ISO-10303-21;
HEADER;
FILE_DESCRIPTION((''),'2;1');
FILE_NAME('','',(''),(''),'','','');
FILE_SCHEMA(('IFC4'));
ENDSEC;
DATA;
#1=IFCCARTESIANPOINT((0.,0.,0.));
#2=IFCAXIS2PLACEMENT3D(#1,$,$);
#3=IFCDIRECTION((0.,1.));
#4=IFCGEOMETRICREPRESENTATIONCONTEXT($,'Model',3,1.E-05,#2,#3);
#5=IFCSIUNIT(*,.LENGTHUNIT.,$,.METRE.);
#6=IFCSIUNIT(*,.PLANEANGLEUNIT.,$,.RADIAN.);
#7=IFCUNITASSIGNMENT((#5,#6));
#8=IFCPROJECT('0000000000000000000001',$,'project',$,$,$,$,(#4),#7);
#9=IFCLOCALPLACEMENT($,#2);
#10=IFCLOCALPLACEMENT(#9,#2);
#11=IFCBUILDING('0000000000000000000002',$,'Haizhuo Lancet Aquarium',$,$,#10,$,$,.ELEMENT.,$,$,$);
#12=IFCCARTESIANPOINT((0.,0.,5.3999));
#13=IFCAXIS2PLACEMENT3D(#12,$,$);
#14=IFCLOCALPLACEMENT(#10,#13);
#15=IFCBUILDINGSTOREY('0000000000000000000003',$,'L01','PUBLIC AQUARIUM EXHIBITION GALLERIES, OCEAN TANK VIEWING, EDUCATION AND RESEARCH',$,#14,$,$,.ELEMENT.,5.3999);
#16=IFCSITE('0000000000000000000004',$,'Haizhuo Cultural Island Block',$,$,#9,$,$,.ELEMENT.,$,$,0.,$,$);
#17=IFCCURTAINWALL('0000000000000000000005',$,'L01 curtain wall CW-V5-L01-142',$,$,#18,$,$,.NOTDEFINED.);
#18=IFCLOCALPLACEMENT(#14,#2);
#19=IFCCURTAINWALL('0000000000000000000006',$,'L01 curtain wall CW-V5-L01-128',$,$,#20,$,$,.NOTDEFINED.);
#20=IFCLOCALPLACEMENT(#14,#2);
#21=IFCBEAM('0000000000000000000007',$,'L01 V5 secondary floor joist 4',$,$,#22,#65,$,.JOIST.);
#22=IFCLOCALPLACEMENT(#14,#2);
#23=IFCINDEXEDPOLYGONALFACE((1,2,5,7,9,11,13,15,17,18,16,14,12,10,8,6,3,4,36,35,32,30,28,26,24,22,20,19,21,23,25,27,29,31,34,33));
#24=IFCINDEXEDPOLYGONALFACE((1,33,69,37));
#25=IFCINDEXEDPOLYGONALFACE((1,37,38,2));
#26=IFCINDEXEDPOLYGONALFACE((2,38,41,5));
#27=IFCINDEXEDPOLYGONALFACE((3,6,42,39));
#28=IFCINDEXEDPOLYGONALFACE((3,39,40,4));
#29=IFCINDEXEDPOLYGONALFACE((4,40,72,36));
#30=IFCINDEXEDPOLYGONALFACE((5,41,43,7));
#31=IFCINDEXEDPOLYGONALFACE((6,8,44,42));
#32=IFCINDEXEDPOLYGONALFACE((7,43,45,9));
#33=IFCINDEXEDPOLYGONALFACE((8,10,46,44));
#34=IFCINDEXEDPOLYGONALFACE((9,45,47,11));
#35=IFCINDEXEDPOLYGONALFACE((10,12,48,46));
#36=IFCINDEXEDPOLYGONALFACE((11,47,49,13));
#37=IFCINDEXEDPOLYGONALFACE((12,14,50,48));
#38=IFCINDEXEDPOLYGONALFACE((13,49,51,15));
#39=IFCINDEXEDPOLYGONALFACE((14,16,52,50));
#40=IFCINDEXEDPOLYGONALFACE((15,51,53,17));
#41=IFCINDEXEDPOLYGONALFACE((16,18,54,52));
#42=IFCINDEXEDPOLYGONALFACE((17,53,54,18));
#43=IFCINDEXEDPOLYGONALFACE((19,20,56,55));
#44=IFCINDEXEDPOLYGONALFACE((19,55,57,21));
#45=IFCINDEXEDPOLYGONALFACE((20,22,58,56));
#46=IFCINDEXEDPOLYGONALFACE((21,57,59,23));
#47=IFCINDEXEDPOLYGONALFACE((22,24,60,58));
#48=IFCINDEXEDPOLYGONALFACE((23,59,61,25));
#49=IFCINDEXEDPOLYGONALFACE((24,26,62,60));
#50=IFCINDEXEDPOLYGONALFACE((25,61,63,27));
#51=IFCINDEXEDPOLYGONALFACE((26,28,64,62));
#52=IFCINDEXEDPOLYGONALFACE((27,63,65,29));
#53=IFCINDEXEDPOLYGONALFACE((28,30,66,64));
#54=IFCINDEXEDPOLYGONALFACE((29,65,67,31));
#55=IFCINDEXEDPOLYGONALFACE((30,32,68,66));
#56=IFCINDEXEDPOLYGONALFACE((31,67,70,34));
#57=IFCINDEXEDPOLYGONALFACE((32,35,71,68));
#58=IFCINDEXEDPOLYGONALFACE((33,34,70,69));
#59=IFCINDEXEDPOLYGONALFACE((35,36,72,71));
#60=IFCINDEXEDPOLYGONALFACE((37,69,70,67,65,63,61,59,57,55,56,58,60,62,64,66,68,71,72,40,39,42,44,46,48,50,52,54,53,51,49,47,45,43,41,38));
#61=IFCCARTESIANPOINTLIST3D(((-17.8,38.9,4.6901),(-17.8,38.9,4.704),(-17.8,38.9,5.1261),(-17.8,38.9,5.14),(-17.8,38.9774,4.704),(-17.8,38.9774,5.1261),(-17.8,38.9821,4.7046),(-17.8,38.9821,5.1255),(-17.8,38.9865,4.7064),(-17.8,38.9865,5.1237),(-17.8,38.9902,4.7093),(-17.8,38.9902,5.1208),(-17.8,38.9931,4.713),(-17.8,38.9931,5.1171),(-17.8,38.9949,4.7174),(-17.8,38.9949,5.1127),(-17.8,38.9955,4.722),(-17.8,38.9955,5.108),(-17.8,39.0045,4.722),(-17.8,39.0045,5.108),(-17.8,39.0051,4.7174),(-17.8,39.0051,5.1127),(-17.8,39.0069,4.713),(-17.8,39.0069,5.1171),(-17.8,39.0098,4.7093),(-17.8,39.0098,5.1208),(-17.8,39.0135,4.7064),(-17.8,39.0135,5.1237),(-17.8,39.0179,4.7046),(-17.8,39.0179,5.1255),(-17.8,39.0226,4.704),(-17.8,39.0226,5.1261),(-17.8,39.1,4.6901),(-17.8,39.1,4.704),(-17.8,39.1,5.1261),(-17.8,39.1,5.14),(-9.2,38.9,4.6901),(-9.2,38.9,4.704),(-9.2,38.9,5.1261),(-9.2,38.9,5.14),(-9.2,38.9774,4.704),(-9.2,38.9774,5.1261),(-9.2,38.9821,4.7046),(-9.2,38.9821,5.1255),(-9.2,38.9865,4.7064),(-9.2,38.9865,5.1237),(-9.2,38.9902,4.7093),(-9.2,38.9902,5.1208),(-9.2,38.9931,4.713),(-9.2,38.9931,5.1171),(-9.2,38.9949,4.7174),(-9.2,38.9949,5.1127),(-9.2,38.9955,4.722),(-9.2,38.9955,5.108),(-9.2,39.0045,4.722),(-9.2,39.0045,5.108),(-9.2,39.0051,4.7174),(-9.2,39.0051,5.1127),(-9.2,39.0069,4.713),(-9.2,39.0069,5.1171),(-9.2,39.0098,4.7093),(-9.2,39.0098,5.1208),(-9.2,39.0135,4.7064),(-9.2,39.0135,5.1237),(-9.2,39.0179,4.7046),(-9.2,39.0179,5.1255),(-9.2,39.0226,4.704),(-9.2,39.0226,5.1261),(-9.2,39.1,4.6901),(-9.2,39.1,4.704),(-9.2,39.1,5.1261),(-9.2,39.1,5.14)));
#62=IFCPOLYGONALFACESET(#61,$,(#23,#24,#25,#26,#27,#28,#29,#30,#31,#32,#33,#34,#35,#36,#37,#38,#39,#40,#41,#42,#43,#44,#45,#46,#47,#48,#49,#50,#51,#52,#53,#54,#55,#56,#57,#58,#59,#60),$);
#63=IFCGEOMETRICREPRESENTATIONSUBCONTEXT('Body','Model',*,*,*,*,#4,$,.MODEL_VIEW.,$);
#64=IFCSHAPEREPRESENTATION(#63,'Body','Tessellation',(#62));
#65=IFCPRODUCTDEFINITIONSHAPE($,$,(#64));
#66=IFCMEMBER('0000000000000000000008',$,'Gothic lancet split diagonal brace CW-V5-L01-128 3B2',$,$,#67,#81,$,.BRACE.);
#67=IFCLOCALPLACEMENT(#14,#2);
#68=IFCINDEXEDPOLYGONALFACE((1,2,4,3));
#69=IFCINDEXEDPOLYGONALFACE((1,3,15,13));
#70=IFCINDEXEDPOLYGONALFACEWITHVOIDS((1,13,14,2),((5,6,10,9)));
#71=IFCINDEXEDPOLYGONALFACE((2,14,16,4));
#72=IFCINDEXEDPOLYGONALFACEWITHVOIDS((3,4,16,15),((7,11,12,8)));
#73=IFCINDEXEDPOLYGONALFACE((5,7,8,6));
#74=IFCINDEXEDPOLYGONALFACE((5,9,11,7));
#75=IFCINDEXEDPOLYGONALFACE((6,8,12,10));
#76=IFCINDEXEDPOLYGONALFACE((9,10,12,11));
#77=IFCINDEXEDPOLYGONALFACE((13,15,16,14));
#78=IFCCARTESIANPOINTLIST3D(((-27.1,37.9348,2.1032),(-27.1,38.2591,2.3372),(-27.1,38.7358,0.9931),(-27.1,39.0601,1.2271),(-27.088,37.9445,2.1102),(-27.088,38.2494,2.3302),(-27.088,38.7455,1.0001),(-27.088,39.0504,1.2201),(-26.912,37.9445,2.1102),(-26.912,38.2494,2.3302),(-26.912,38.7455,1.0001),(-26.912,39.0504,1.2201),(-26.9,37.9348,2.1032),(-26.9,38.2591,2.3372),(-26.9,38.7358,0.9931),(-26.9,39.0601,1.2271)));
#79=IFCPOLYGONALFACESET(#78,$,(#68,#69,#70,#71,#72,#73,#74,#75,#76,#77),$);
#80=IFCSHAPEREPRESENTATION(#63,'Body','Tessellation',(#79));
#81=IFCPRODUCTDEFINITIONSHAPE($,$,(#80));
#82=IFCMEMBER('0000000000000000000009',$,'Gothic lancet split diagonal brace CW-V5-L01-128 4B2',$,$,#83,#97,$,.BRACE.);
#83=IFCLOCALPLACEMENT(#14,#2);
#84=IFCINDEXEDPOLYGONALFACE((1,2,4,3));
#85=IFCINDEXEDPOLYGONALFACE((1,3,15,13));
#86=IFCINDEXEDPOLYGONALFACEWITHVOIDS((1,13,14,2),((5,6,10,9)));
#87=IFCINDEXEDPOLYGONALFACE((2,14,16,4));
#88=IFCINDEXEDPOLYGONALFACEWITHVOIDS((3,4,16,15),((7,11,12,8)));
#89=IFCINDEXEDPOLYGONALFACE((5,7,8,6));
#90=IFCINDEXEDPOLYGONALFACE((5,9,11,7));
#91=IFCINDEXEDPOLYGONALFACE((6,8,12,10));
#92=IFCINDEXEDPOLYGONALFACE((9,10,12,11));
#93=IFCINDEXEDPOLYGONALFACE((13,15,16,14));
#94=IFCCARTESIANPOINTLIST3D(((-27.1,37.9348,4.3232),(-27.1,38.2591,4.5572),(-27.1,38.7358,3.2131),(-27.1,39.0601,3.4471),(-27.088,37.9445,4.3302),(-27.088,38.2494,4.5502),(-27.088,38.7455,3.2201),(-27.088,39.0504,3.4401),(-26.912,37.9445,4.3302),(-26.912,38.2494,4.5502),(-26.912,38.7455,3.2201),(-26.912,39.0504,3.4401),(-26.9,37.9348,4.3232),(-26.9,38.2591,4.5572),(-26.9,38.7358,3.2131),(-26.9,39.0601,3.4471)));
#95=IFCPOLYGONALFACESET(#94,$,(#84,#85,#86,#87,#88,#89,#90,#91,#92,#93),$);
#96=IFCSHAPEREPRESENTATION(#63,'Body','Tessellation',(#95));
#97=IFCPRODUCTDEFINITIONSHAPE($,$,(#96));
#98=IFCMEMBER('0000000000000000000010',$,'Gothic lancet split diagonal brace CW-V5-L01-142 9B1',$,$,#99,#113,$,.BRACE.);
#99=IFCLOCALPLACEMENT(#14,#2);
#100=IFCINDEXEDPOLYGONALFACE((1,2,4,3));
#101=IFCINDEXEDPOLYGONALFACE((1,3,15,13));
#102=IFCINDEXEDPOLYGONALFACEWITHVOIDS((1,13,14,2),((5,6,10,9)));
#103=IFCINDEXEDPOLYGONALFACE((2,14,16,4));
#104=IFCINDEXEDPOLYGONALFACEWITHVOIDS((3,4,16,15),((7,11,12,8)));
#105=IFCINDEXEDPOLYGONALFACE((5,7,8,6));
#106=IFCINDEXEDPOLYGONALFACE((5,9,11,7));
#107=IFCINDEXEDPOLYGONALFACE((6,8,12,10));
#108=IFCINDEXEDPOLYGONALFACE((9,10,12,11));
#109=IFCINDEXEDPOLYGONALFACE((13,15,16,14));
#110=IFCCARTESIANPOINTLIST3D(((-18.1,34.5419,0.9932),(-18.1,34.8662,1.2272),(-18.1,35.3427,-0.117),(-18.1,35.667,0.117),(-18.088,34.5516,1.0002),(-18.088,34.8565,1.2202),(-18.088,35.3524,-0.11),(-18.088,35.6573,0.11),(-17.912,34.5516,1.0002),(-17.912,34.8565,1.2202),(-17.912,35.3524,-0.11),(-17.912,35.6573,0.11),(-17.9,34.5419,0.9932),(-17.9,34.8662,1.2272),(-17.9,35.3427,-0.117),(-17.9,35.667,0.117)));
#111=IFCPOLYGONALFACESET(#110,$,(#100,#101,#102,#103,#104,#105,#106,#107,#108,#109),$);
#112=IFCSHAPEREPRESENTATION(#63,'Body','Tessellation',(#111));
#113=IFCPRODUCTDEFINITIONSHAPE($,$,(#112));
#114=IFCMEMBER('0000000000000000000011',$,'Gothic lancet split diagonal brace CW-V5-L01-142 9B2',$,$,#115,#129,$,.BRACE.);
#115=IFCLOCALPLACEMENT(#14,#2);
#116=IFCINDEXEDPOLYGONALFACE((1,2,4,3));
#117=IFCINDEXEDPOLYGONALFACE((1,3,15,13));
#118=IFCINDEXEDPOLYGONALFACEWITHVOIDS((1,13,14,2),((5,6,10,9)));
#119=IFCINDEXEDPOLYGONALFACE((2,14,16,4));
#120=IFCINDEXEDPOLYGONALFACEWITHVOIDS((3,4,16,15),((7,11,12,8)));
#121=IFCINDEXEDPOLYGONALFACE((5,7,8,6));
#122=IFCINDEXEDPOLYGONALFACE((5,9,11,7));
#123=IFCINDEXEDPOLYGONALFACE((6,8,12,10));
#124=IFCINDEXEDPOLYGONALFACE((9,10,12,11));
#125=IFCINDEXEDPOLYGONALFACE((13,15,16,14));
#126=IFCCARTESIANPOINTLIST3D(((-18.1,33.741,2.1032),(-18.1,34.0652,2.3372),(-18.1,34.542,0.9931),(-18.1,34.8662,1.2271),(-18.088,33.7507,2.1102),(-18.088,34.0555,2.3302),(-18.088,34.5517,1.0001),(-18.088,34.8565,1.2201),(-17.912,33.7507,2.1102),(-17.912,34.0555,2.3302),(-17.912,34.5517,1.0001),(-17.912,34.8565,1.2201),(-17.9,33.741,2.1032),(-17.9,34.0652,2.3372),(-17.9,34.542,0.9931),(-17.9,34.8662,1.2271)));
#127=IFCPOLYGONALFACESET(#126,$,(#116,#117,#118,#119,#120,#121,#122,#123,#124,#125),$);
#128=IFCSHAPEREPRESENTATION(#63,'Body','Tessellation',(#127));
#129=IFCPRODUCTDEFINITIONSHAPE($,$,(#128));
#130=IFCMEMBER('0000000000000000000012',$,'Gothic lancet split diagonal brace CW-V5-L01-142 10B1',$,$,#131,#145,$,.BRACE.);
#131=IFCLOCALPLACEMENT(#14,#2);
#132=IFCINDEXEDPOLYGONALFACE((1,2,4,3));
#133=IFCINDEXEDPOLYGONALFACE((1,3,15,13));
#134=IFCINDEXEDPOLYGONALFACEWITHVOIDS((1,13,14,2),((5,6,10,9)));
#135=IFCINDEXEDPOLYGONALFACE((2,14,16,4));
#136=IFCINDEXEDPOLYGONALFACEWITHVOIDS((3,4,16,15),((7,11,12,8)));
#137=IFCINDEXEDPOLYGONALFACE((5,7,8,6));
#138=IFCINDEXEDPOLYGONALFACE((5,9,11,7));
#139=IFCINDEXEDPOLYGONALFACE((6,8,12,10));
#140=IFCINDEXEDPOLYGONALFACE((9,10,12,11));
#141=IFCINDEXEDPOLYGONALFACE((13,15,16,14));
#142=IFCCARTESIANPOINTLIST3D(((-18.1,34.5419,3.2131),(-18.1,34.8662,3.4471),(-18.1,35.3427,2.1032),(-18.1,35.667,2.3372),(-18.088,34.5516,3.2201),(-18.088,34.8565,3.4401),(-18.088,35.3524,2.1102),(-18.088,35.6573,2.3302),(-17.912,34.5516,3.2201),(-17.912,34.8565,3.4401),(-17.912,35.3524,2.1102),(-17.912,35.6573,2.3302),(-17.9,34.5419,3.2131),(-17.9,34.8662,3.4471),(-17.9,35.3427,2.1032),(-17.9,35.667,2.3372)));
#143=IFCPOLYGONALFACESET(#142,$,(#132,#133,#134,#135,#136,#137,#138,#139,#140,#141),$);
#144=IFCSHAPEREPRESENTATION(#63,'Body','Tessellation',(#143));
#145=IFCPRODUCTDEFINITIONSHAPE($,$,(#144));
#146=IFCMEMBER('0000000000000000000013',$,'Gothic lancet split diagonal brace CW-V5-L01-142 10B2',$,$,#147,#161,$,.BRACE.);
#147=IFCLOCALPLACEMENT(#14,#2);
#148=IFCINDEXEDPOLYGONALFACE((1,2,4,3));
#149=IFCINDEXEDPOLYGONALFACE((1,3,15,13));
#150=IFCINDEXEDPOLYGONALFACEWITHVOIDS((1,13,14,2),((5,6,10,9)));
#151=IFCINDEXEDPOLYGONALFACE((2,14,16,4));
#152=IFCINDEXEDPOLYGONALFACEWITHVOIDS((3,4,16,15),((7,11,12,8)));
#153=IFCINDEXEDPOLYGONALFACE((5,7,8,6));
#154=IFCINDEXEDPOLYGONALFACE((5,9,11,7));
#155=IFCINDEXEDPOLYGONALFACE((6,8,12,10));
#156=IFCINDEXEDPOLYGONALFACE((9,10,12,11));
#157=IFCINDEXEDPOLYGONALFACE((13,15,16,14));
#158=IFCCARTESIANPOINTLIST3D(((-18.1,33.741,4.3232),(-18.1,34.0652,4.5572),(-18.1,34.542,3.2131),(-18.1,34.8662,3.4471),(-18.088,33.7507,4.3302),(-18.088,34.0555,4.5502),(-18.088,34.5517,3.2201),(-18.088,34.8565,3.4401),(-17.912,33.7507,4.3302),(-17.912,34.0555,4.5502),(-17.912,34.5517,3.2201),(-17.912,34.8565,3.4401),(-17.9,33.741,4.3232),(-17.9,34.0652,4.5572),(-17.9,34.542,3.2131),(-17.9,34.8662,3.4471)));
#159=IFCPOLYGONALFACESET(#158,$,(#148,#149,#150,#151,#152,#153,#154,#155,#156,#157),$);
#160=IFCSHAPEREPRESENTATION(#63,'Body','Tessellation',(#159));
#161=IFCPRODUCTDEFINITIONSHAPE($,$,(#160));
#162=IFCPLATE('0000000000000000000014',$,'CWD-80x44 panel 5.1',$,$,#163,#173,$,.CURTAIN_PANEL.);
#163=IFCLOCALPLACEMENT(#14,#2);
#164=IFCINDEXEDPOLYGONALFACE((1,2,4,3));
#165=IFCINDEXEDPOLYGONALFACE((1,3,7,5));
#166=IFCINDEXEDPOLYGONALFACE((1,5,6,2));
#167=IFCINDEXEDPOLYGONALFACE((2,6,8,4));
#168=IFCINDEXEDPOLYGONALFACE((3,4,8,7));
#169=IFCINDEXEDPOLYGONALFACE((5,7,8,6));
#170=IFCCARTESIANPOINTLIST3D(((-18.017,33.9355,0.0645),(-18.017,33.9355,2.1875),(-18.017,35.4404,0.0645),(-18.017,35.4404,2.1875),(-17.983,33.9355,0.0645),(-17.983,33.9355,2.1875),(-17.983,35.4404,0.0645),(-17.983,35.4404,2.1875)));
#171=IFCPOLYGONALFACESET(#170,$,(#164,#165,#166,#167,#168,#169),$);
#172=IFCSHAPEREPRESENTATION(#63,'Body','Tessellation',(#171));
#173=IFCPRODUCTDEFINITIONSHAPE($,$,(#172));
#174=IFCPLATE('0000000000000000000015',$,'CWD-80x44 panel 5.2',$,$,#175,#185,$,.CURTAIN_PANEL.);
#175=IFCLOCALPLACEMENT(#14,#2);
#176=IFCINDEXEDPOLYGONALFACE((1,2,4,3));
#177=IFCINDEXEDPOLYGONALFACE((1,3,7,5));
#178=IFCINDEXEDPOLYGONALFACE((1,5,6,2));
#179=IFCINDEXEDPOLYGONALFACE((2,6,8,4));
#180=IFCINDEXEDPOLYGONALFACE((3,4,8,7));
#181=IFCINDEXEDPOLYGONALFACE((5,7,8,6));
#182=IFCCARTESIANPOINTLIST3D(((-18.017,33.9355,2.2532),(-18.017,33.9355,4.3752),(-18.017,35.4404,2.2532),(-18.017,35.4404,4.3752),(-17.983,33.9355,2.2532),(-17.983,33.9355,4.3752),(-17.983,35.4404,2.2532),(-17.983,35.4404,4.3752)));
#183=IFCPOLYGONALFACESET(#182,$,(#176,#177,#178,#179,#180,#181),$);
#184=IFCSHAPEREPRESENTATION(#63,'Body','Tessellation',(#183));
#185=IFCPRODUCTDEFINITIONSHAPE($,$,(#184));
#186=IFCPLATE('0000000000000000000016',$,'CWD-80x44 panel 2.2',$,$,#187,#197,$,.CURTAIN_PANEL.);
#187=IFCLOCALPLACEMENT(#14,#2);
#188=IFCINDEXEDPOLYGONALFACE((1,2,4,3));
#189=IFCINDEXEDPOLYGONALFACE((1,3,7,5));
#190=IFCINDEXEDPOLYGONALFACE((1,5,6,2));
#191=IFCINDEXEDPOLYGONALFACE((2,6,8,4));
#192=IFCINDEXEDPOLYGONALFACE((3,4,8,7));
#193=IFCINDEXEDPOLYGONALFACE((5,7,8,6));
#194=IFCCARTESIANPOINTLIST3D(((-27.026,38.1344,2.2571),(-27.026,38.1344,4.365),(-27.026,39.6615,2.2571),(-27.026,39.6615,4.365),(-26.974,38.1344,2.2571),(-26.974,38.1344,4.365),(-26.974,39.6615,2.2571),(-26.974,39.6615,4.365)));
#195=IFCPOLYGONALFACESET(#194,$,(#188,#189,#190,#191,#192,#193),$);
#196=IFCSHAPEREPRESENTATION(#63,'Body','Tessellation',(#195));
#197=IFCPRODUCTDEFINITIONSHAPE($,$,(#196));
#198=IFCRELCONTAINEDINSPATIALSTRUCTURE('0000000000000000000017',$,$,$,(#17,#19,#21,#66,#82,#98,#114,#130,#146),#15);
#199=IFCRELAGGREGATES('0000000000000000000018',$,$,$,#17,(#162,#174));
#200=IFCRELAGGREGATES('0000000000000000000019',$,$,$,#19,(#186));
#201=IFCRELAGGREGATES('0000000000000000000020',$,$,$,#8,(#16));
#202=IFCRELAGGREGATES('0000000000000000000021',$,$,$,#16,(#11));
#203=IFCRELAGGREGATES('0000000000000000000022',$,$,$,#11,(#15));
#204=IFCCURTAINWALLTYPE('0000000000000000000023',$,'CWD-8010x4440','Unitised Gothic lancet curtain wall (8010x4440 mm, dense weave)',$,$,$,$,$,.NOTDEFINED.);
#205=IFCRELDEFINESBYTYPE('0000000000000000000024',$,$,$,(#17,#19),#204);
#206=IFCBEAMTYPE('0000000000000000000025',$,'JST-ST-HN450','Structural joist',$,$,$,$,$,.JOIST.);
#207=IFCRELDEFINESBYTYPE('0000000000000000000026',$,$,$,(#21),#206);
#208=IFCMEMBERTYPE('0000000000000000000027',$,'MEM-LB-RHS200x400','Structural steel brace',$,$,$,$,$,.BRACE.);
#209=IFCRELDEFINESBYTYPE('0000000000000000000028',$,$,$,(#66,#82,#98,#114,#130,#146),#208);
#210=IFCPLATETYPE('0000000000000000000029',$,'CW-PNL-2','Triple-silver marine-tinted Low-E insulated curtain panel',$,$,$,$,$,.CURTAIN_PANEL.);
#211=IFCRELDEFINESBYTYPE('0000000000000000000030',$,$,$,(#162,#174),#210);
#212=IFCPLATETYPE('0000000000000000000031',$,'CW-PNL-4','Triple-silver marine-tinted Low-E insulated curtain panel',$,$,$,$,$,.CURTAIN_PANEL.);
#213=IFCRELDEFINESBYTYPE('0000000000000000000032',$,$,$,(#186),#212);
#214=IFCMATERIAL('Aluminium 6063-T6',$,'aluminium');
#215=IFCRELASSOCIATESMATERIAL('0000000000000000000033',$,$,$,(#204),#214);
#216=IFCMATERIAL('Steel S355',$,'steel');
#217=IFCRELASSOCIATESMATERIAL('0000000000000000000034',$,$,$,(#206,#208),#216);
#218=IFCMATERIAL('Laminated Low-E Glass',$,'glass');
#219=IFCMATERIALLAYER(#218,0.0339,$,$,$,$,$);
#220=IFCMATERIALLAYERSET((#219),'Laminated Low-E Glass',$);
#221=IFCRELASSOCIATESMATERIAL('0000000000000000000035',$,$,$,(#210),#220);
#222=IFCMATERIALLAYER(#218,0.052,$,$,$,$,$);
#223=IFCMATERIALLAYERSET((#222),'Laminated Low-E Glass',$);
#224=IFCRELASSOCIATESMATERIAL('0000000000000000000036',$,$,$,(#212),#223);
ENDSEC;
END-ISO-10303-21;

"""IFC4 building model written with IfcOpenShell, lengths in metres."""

from ifc_helpers import new_model, si_unit, direction, frame, origin, origin_2d, place, context, subcontext, project, spatial, rectangle, hollow_rectangle, i_section, extrude, material, layer, layer_set, material_profile, profile_set, type_object, element, aggregate, save


model = new_model("IFC4")

# Units and contexts
model_context = context("Model", 3, precision=1e-05, world=origin(), true_north=direction((0.0, 1.0)))
body_context = subcontext(model_context, "Body", "Model", "MODEL_VIEW")
ifc_project = project(units=[si_unit("LENGTHUNIT", "METRE"), si_unit("PLANEANGLEUNIT", "RADIAN")], contexts=[model_context])

# Site, building, storey
site_placement = place(None, origin())
site = spatial("IfcSite", under=ifc_project, at=site_placement, Name="Haizhuo Cultural Island Block", CompositionType="ELEMENT", RefElevation=0.0)
building_placement = place(site_placement, origin())
building = spatial("IfcBuilding", under=site, at=building_placement, Name="Haizhuo Lancet Aquarium", CompositionType="ELEMENT")
storey_placement = place(building_placement, frame((0.0, 0.0, 5.3999)))
storey = spatial("IfcBuildingStorey", under=building, at=storey_placement, Name="L01", Description="PUBLIC AQUARIUM EXHIBITION GALLERIES, OCEAN TANK VIEWING, EDUCATION AND RESEARCH", CompositionType="ELEMENT", Elevation=5.3999)

# Curtain walls
ifc_material_1 = material(Name="Aluminium 6063-T6", Category="aluminium")
curtain_wall_type = type_object("IfcCurtainWallType", Name="CWD-8010x4440", Description="Unitised Gothic lancet curtain wall (8010x4440 mm, dense weave)", PredefinedType="NOTDEFINED", material=ifc_material_1)
curtain_wall_1_placement = place(storey_placement, origin())
curtain_wall_1 = element("IfcCurtainWall", 1, at=curtain_wall_1_placement, inside=storey, type_object=curtain_wall_type, Name="L01 curtain wall CW-V5-L01-142", PredefinedType="NOTDEFINED")
curtain_wall_2_placement = place(storey_placement, origin())
curtain_wall_2 = element("IfcCurtainWall", 2, at=curtain_wall_2_placement, inside=storey, type_object=curtain_wall_type, Name="L01 curtain wall CW-V5-L01-128", PredefinedType="NOTDEFINED")

# Beam
ifc_material_2 = material(Name="Steel S355", Category="steel")
ifc_material_profile_1 = material_profile(ifc_material_2, i_section(OverallWidth=0.2, OverallDepth=0.45, WebThickness=0.009, FlangeThickness=0.0139, FilletRadius=0.0181, at=origin_2d()), Name="HN 450x200x9x14")
ifc_profile_set_1 = profile_set([ifc_material_profile_1], Name="Steel S355")
beam_type_1 = type_object("IfcBeamType", Name="JST-ST-HN450", Description="Structural joist", PredefinedType="JOIST", material=ifc_profile_set_1)
beam_1_placement = place(storey_placement, frame((-17.8, 39.0, 4.915), z_axis=(1.0, 0.0, 0.0), x_axis=(0.0, 1.0, 0.0)))
element("IfcBeam", 3, at=beam_1_placement, inside=storey, type_object=beam_type_1, Name="L01 V5 secondary floor joist 4", PredefinedType="JOIST", context=body_context, shape_type="SweptSolid", body=[
    extrude(i_section(OverallWidth=0.2, OverallDepth=0.45, WebThickness=0.009, FlangeThickness=0.0139, FilletRadius=0.0181, at=origin_2d()), origin(), (0.0, 0.0, 1.0), 8.6001),
])

# Members
ifc_material_profile_2 = material_profile(ifc_material_2, hollow_rectangle(XDim=0.2, YDim=0.3999, WallThickness=0.012, at=origin_2d()), Name="RHS 200x400x12")
ifc_profile_set_2 = profile_set([ifc_material_profile_2], Name="Steel S355")
member_type_1 = type_object("IfcMemberType", Name="MEM-LB-RHS200x400", Description="Structural steel brace", PredefinedType="BRACE", material=ifc_profile_set_2)
for number, where, z_axis, x_axis, name in (
    (4, (-27.0, 38.8979, 1.1101), (0.0, -0.585145, 0.810928), (1.0, 0.0, 0.0), "Gothic lancet split diagonal brace CW-V5-L01-128 3B2"),
    (5, (-27.0, 38.8979, 3.3301), (0.0, -0.585145, 0.810928), (1.0, 0.0, 0.0), "Gothic lancet split diagonal brace CW-V5-L01-128 4B2"),
    (6, (-18.0, 35.5049, 0.0), (0.0, -0.585028, 0.811013), (1.0, 0.0, 0.0), "Gothic lancet split diagonal brace CW-V5-L01-142 9B1"),
    (7, (-18.0, 34.7041, 1.1101), (0.0, -0.585145, 0.810928), (1.0, 0.0, 0.0), "Gothic lancet split diagonal brace CW-V5-L01-142 9B2"),
):
    element("IfcMember", number, at=place(storey_placement, frame(where, z_axis=z_axis, x_axis=x_axis)), inside=storey, type_object=member_type_1, Name=name, PredefinedType="BRACE", context=body_context, shape_type="SweptSolid", body=[
        extrude(hollow_rectangle(XDim=0.2, YDim=0.3999, WallThickness=0.012, at=origin_2d()), origin(), (0.0, 0.0, 1.0), 1.3689),
    ])
member_1_placement = place(storey_placement, frame((-18.0, 35.5049, 2.2202), z_axis=(0.0, -0.585113, 0.810952), x_axis=(1.0, 0.0, 0.0)))
element("IfcMember", 8, at=member_1_placement, inside=storey, type_object=member_type_1, Name="Gothic lancet split diagonal brace CW-V5-L01-142 10B1", PredefinedType="BRACE", context=body_context, shape_type="SweptSolid", body=[
    extrude(hollow_rectangle(XDim=0.2, YDim=0.3999, WallThickness=0.012, at=origin_2d()), origin(), (0.0, 0.0, 1.0), 1.3687),
])
member_2_placement = place(storey_placement, frame((-18.0, 34.7041, 3.3301), z_axis=(0.0, -0.585145, 0.810928), x_axis=(1.0, 0.0, 0.0)))
element("IfcMember", 9, at=member_2_placement, inside=storey, type_object=member_type_1, Name="Gothic lancet split diagonal brace CW-V5-L01-142 10B2", PredefinedType="BRACE", context=body_context, shape_type="SweptSolid", body=[
    extrude(hollow_rectangle(XDim=0.2, YDim=0.3999, WallThickness=0.012, at=origin_2d()), origin(), (0.0, 0.0, 1.0), 1.3689),
])

# Plates
ifc_material_3 = material(Name="Laminated Low-E Glass", Category="glass")
ifc_layer_1 = layer(ifc_material_3, 0.0339)
ifc_layer_set_1 = layer_set([ifc_layer_1], Name="Laminated Low-E Glass")
plate_type_1 = type_object("IfcPlateType", Name="CW-PNL-2", Description="Triple-silver marine-tinted Low-E insulated curtain panel", PredefinedType="CURTAIN_PANEL", material=ifc_layer_set_1)
plate_1_placement = place(storey_placement, frame((-18.0, 34.688, 0.0645), z_axis=(0.0, 0.0, 1.0), x_axis=(0.0, 1.0, 0.0)))
plate_1 = element("IfcPlate", 10, at=plate_1_placement, type_object=plate_type_1, Name="CWD-80x44 panel 5.1", PredefinedType="CURTAIN_PANEL", context=body_context, shape_type="SweptSolid", body=[
    extrude(rectangle(XDim=1.5049, YDim=0.0339, at=origin_2d()), origin(), (0.0, 0.0, 1.0), 2.123),
])
plate_2_placement = place(storey_placement, frame((-18.0, 34.688, 2.2532), z_axis=(0.0, 0.0, 1.0), x_axis=(0.0, 1.0, 0.0)))
plate_2 = element("IfcPlate", 11, at=plate_2_placement, type_object=plate_type_1, Name="CWD-80x44 panel 5.2", PredefinedType="CURTAIN_PANEL", context=body_context, shape_type="SweptSolid", body=[
    extrude(rectangle(XDim=1.5049, YDim=0.0339, at=origin_2d()), origin(), (0.0, 0.0, 1.0), 2.1221),
])
aggregate(curtain_wall_1, [plate_1, plate_2])
ifc_layer_2 = layer(ifc_material_3, 0.052)
ifc_layer_set_2 = layer_set([ifc_layer_2], Name="Laminated Low-E Glass")
plate_type_2 = type_object("IfcPlateType", Name="CW-PNL-4", Description="Triple-silver marine-tinted Low-E insulated curtain panel", PredefinedType="CURTAIN_PANEL", material=ifc_layer_set_2)
plate_3_placement = place(storey_placement, frame((-27.0, 38.8979, 2.2571), z_axis=(0.0, 0.0, 1.0), x_axis=(0.0, 1.0, 0.0)))
plate_3 = element("IfcPlate", 12, at=plate_3_placement, type_object=plate_type_2, Name="CWD-80x44 panel 2.2", PredefinedType="CURTAIN_PANEL", context=body_context, shape_type="SweptSolid", body=[
    extrude(rectangle(XDim=1.5271, YDim=0.052, at=origin_2d()), origin(), (0.0, 0.0, 1.0), 2.1079),
])
aggregate(curtain_wall_2, [plate_3])

save(model, "model.ifc")
